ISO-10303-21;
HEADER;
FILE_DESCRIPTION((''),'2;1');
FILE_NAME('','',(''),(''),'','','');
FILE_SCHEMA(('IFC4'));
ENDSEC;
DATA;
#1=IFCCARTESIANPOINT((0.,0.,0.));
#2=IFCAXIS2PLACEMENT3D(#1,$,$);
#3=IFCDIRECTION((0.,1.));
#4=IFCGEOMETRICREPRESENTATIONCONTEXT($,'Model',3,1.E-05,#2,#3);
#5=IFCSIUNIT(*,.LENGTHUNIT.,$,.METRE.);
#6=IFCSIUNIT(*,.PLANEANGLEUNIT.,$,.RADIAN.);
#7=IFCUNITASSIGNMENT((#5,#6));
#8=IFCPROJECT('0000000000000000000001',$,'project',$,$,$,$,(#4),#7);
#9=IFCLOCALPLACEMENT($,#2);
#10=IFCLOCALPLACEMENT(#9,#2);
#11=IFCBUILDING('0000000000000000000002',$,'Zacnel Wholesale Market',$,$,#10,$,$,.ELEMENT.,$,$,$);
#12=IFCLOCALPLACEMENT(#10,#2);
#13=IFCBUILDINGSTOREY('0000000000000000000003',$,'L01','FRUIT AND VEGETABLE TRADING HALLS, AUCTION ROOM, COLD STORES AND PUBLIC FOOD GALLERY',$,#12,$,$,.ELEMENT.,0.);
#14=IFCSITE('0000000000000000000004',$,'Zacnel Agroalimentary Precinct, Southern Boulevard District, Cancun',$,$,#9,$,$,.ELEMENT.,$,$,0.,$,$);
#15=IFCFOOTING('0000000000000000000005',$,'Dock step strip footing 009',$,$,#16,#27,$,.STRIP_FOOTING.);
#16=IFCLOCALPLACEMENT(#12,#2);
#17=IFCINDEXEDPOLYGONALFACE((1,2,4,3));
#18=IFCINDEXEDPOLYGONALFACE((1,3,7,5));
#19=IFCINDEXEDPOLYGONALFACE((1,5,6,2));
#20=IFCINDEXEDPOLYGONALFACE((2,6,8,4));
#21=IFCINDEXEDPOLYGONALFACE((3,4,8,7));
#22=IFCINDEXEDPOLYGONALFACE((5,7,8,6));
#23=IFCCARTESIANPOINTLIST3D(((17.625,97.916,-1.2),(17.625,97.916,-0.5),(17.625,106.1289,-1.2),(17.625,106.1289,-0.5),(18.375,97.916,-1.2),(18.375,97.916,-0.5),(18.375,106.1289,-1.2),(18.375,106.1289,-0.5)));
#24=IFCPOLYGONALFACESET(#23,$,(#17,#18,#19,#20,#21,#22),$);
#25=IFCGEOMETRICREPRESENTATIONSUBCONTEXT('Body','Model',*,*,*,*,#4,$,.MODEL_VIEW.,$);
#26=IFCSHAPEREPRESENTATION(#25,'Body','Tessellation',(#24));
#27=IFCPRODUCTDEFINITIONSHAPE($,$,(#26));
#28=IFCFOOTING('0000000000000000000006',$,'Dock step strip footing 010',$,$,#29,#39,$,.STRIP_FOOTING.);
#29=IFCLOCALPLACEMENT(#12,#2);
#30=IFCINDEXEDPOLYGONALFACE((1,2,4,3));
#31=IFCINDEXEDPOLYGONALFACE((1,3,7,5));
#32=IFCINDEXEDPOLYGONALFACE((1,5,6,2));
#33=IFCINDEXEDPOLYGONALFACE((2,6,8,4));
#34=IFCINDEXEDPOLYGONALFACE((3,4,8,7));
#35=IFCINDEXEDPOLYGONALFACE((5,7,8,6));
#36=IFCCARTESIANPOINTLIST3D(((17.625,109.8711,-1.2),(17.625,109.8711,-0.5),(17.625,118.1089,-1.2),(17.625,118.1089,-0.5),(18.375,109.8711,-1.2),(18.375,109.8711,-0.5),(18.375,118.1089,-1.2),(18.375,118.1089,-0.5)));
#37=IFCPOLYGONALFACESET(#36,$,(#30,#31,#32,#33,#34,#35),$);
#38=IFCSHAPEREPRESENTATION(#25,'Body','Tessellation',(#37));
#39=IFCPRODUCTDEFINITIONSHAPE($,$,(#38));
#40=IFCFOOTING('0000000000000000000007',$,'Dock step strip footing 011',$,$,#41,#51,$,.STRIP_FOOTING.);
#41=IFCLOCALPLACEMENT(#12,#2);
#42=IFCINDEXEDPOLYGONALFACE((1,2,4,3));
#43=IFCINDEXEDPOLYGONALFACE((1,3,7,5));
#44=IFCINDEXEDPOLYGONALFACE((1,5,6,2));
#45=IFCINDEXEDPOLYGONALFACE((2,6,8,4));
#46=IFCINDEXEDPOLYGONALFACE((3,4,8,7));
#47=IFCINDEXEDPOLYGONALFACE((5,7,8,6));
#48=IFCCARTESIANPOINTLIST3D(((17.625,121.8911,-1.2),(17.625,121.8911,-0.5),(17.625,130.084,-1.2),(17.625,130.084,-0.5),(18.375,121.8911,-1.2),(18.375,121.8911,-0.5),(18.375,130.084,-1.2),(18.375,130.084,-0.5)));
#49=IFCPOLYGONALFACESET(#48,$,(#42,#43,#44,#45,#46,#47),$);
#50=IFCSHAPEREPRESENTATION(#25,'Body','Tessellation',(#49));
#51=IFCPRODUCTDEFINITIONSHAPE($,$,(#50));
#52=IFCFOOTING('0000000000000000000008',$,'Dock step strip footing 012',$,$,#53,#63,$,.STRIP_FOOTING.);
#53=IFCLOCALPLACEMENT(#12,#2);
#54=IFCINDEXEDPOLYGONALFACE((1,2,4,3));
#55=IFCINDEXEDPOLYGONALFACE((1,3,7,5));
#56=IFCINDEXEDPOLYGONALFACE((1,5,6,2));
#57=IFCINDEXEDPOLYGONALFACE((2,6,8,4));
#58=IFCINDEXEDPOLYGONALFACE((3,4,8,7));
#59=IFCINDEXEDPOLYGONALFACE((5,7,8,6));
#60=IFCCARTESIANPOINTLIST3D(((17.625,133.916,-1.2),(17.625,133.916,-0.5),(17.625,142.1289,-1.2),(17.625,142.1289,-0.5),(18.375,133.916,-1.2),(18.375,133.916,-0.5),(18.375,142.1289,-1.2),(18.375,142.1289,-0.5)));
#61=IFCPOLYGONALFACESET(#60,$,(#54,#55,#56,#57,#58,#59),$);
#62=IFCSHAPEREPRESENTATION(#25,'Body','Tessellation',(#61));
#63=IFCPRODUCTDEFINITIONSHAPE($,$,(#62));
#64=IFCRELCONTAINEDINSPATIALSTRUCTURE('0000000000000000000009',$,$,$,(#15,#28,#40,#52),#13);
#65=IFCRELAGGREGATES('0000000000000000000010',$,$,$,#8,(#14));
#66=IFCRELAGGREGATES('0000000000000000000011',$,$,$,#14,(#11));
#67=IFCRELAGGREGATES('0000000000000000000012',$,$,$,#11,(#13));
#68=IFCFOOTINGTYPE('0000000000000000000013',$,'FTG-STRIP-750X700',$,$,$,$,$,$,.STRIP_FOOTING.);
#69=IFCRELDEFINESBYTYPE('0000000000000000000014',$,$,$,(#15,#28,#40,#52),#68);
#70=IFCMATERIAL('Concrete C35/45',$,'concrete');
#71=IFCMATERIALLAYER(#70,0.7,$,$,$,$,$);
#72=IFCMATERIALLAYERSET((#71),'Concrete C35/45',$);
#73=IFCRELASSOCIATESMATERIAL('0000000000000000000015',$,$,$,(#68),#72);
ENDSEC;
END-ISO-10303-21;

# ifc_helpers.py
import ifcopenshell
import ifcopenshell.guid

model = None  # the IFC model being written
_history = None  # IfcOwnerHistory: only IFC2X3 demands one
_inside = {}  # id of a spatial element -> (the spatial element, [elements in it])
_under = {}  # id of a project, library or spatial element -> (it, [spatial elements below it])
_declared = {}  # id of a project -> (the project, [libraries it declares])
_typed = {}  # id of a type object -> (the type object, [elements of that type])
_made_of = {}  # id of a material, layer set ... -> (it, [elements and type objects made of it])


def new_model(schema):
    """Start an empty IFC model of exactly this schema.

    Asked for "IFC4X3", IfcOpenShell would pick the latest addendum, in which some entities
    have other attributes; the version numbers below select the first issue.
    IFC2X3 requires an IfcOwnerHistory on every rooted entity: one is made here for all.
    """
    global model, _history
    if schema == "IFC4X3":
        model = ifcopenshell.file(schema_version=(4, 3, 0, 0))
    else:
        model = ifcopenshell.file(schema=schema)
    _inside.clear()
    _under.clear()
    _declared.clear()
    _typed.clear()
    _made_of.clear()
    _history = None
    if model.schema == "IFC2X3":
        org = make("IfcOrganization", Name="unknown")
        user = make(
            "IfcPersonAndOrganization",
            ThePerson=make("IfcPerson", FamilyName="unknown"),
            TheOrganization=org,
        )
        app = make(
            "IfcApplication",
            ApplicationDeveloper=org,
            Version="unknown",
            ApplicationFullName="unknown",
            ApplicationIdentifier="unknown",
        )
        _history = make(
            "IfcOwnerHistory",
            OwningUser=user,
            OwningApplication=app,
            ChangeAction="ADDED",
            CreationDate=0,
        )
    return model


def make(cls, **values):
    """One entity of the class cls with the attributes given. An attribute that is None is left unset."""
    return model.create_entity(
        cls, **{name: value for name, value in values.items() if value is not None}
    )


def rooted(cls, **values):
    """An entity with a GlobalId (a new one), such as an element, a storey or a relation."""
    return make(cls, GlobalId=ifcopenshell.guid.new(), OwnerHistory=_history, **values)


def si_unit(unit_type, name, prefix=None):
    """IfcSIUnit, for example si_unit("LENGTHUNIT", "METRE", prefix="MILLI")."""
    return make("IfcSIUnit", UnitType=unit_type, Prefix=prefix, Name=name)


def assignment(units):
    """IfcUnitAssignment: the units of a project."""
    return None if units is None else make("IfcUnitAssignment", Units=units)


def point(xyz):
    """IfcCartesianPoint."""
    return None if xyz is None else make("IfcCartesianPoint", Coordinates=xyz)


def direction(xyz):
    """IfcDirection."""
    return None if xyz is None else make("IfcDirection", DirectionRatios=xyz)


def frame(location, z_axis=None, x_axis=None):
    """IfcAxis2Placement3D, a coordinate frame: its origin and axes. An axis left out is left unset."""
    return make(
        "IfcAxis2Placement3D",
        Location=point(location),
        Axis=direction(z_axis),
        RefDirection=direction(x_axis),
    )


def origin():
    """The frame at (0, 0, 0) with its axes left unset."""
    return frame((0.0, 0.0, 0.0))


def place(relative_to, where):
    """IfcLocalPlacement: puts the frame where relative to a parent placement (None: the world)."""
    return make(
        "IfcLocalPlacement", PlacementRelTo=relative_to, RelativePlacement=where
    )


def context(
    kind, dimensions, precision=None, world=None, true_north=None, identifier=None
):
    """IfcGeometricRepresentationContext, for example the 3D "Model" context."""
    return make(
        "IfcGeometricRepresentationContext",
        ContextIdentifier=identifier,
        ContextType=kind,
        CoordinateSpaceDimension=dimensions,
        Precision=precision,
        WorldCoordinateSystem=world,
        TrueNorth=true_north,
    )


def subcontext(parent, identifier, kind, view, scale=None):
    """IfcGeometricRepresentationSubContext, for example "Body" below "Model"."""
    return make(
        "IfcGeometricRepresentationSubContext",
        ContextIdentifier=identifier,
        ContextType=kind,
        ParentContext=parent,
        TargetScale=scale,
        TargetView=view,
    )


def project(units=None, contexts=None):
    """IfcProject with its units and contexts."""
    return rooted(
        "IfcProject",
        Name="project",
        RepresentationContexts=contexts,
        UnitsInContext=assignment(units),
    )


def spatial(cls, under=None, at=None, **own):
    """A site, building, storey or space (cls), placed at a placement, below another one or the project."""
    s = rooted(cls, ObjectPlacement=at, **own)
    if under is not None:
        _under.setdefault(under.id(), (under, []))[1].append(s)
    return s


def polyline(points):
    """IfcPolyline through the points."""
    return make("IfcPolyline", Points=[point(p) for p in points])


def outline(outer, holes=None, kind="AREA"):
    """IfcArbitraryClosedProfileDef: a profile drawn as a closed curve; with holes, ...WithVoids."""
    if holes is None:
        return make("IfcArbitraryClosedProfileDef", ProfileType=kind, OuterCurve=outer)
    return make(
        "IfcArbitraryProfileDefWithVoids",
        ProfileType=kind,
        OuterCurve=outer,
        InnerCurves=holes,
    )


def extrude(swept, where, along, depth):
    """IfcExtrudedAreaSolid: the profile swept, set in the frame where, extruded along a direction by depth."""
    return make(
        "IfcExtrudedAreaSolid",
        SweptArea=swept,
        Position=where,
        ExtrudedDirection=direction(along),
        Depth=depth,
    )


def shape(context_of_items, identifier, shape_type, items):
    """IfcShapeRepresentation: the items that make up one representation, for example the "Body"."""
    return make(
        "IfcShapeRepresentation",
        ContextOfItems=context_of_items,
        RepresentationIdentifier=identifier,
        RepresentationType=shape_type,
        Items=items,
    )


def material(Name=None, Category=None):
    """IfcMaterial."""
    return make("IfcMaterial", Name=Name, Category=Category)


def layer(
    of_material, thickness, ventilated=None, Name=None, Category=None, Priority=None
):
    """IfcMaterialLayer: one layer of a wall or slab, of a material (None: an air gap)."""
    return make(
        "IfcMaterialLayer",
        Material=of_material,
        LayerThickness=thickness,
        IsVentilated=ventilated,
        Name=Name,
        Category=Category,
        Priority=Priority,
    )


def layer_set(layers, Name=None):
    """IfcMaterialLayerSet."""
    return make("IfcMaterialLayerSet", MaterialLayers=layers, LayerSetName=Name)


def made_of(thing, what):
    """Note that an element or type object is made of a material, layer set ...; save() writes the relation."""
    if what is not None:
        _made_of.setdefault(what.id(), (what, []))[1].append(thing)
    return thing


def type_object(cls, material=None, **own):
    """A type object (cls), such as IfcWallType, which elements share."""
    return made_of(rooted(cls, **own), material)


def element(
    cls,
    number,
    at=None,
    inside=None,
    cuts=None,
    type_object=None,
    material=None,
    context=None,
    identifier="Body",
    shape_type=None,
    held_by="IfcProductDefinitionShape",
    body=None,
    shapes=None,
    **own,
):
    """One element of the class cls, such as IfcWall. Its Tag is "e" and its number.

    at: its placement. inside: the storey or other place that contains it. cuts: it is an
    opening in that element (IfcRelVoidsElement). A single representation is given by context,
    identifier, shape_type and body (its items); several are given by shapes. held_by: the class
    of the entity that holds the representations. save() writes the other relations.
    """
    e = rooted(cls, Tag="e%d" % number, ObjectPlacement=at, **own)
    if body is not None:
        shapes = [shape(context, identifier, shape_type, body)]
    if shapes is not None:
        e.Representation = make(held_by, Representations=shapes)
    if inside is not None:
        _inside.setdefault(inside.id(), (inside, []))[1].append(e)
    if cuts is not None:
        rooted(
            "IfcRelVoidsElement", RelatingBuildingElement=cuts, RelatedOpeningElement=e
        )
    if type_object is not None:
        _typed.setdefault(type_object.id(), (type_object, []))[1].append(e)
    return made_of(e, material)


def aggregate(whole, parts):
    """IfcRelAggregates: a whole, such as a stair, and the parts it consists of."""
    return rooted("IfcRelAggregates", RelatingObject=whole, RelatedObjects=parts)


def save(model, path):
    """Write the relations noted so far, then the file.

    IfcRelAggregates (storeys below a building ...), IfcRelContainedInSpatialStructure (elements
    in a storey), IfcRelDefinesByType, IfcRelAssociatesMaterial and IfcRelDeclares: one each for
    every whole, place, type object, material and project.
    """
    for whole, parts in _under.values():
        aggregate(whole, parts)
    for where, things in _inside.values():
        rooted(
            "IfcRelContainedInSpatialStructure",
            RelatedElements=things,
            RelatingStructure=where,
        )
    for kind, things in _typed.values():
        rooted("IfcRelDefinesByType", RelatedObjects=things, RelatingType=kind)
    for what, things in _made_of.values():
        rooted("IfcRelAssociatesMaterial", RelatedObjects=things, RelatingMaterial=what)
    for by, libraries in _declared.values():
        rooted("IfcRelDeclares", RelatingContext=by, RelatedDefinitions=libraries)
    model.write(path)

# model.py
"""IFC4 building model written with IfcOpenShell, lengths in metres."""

from ifc_helpers import new_model, si_unit, direction, frame, origin, place, context, subcontext, project, spatial, polyline, outline, extrude, material, layer, layer_set, type_object, element, save


model = new_model("IFC4")

# Units and contexts
model_context = context("Model", 3, precision=1e-05, world=origin(), true_north=direction((0.0, 1.0)))
body_context = subcontext(model_context, "Body", "Model", "MODEL_VIEW")
ifc_project = project(units=[si_unit("LENGTHUNIT", "METRE"), si_unit("PLANEANGLEUNIT", "RADIAN")], contexts=[model_context])

# Site, building, storey
site_placement = place(None, origin())
site = spatial("IfcSite", under=ifc_project, at=site_placement, Name="Zacnel Agroalimentary Precinct, Southern Boulevard District, Cancun", CompositionType="ELEMENT", RefElevation=0.0)
building_placement = place(site_placement, origin())
building = spatial("IfcBuilding", under=site, at=building_placement, Name="Zacnel Wholesale Market", CompositionType="ELEMENT")
storey_placement = place(building_placement, origin())
storey = spatial("IfcBuildingStorey", under=building, at=storey_placement, Name="L01", Description="FRUIT AND VEGETABLE TRADING HALLS, AUCTION ROOM, COLD STORES AND PUBLIC FOOD GALLERY", CompositionType="ELEMENT", Elevation=0.0)

# Footings
ifc_material_1 = material(Name="Concrete C35/45", Category="concrete")
ifc_layer_1 = layer(ifc_material_1, 0.7)
ifc_layer_set_1 = layer_set([ifc_layer_1], Name="Concrete C35/45")
footing_type_1 = type_object("IfcFootingType", Name="FTG-STRIP-750X700", PredefinedType="STRIP_FOOTING", material=ifc_layer_set_1)
footing_1_placement = place(storey_placement, frame((0.0, 0.0, -1.2)))
element("IfcFooting", 1, at=footing_1_placement, inside=storey, type_object=footing_type_1, Name="Dock step strip footing 009", PredefinedType="STRIP_FOOTING", context=body_context, shape_type="SweptSolid", body=[
    extrude(outline(polyline([(18.375, 97.916), (18.375, 106.1289), (17.625, 106.1289), (17.625, 97.916), (18.375, 97.916)])), origin(), (0.0, 0.0, 1.0), 0.7),
])
footing_2_placement = place(storey_placement, frame((0.0, 0.0, -1.2)))
element("IfcFooting", 2, at=footing_2_placement, inside=storey, type_object=footing_type_1, Name="Dock step strip footing 010", PredefinedType="STRIP_FOOTING", context=body_context, shape_type="SweptSolid", body=[
    extrude(outline(polyline([(18.375, 109.8711), (18.375, 118.1089), (17.625, 118.1089), (17.625, 109.8711), (18.375, 109.8711)])), origin(), (0.0, 0.0, 1.0), 0.7),
])
footing_3_placement = place(storey_placement, frame((0.0, 0.0, -1.2)))
element("IfcFooting", 3, at=footing_3_placement, inside=storey, type_object=footing_type_1, Name="Dock step strip footing 011", PredefinedType="STRIP_FOOTING", context=body_context, shape_type="SweptSolid", body=[
    extrude(outline(polyline([(18.375, 121.8911), (18.375, 130.084), (17.625, 130.084), (17.625, 121.8911), (18.375, 121.8911)])), origin(), (0.0, 0.0, 1.0), 0.7),
])
footing_4_placement = place(storey_placement, frame((0.0, 0.0, -1.2)))
element("IfcFooting", 4, at=footing_4_placement, inside=storey, type_object=footing_type_1, Name="Dock step strip footing 012", PredefinedType="STRIP_FOOTING", context=body_context, shape_type="SweptSolid", body=[
    extrude(outline(polyline([(18.375, 133.916), (18.375, 142.1289), (17.625, 142.1289), (17.625, 133.916), (18.375, 133.916)])), origin(), (0.0, 0.0, 1.0), 0.7),
])

save(model, "model.ifc")
